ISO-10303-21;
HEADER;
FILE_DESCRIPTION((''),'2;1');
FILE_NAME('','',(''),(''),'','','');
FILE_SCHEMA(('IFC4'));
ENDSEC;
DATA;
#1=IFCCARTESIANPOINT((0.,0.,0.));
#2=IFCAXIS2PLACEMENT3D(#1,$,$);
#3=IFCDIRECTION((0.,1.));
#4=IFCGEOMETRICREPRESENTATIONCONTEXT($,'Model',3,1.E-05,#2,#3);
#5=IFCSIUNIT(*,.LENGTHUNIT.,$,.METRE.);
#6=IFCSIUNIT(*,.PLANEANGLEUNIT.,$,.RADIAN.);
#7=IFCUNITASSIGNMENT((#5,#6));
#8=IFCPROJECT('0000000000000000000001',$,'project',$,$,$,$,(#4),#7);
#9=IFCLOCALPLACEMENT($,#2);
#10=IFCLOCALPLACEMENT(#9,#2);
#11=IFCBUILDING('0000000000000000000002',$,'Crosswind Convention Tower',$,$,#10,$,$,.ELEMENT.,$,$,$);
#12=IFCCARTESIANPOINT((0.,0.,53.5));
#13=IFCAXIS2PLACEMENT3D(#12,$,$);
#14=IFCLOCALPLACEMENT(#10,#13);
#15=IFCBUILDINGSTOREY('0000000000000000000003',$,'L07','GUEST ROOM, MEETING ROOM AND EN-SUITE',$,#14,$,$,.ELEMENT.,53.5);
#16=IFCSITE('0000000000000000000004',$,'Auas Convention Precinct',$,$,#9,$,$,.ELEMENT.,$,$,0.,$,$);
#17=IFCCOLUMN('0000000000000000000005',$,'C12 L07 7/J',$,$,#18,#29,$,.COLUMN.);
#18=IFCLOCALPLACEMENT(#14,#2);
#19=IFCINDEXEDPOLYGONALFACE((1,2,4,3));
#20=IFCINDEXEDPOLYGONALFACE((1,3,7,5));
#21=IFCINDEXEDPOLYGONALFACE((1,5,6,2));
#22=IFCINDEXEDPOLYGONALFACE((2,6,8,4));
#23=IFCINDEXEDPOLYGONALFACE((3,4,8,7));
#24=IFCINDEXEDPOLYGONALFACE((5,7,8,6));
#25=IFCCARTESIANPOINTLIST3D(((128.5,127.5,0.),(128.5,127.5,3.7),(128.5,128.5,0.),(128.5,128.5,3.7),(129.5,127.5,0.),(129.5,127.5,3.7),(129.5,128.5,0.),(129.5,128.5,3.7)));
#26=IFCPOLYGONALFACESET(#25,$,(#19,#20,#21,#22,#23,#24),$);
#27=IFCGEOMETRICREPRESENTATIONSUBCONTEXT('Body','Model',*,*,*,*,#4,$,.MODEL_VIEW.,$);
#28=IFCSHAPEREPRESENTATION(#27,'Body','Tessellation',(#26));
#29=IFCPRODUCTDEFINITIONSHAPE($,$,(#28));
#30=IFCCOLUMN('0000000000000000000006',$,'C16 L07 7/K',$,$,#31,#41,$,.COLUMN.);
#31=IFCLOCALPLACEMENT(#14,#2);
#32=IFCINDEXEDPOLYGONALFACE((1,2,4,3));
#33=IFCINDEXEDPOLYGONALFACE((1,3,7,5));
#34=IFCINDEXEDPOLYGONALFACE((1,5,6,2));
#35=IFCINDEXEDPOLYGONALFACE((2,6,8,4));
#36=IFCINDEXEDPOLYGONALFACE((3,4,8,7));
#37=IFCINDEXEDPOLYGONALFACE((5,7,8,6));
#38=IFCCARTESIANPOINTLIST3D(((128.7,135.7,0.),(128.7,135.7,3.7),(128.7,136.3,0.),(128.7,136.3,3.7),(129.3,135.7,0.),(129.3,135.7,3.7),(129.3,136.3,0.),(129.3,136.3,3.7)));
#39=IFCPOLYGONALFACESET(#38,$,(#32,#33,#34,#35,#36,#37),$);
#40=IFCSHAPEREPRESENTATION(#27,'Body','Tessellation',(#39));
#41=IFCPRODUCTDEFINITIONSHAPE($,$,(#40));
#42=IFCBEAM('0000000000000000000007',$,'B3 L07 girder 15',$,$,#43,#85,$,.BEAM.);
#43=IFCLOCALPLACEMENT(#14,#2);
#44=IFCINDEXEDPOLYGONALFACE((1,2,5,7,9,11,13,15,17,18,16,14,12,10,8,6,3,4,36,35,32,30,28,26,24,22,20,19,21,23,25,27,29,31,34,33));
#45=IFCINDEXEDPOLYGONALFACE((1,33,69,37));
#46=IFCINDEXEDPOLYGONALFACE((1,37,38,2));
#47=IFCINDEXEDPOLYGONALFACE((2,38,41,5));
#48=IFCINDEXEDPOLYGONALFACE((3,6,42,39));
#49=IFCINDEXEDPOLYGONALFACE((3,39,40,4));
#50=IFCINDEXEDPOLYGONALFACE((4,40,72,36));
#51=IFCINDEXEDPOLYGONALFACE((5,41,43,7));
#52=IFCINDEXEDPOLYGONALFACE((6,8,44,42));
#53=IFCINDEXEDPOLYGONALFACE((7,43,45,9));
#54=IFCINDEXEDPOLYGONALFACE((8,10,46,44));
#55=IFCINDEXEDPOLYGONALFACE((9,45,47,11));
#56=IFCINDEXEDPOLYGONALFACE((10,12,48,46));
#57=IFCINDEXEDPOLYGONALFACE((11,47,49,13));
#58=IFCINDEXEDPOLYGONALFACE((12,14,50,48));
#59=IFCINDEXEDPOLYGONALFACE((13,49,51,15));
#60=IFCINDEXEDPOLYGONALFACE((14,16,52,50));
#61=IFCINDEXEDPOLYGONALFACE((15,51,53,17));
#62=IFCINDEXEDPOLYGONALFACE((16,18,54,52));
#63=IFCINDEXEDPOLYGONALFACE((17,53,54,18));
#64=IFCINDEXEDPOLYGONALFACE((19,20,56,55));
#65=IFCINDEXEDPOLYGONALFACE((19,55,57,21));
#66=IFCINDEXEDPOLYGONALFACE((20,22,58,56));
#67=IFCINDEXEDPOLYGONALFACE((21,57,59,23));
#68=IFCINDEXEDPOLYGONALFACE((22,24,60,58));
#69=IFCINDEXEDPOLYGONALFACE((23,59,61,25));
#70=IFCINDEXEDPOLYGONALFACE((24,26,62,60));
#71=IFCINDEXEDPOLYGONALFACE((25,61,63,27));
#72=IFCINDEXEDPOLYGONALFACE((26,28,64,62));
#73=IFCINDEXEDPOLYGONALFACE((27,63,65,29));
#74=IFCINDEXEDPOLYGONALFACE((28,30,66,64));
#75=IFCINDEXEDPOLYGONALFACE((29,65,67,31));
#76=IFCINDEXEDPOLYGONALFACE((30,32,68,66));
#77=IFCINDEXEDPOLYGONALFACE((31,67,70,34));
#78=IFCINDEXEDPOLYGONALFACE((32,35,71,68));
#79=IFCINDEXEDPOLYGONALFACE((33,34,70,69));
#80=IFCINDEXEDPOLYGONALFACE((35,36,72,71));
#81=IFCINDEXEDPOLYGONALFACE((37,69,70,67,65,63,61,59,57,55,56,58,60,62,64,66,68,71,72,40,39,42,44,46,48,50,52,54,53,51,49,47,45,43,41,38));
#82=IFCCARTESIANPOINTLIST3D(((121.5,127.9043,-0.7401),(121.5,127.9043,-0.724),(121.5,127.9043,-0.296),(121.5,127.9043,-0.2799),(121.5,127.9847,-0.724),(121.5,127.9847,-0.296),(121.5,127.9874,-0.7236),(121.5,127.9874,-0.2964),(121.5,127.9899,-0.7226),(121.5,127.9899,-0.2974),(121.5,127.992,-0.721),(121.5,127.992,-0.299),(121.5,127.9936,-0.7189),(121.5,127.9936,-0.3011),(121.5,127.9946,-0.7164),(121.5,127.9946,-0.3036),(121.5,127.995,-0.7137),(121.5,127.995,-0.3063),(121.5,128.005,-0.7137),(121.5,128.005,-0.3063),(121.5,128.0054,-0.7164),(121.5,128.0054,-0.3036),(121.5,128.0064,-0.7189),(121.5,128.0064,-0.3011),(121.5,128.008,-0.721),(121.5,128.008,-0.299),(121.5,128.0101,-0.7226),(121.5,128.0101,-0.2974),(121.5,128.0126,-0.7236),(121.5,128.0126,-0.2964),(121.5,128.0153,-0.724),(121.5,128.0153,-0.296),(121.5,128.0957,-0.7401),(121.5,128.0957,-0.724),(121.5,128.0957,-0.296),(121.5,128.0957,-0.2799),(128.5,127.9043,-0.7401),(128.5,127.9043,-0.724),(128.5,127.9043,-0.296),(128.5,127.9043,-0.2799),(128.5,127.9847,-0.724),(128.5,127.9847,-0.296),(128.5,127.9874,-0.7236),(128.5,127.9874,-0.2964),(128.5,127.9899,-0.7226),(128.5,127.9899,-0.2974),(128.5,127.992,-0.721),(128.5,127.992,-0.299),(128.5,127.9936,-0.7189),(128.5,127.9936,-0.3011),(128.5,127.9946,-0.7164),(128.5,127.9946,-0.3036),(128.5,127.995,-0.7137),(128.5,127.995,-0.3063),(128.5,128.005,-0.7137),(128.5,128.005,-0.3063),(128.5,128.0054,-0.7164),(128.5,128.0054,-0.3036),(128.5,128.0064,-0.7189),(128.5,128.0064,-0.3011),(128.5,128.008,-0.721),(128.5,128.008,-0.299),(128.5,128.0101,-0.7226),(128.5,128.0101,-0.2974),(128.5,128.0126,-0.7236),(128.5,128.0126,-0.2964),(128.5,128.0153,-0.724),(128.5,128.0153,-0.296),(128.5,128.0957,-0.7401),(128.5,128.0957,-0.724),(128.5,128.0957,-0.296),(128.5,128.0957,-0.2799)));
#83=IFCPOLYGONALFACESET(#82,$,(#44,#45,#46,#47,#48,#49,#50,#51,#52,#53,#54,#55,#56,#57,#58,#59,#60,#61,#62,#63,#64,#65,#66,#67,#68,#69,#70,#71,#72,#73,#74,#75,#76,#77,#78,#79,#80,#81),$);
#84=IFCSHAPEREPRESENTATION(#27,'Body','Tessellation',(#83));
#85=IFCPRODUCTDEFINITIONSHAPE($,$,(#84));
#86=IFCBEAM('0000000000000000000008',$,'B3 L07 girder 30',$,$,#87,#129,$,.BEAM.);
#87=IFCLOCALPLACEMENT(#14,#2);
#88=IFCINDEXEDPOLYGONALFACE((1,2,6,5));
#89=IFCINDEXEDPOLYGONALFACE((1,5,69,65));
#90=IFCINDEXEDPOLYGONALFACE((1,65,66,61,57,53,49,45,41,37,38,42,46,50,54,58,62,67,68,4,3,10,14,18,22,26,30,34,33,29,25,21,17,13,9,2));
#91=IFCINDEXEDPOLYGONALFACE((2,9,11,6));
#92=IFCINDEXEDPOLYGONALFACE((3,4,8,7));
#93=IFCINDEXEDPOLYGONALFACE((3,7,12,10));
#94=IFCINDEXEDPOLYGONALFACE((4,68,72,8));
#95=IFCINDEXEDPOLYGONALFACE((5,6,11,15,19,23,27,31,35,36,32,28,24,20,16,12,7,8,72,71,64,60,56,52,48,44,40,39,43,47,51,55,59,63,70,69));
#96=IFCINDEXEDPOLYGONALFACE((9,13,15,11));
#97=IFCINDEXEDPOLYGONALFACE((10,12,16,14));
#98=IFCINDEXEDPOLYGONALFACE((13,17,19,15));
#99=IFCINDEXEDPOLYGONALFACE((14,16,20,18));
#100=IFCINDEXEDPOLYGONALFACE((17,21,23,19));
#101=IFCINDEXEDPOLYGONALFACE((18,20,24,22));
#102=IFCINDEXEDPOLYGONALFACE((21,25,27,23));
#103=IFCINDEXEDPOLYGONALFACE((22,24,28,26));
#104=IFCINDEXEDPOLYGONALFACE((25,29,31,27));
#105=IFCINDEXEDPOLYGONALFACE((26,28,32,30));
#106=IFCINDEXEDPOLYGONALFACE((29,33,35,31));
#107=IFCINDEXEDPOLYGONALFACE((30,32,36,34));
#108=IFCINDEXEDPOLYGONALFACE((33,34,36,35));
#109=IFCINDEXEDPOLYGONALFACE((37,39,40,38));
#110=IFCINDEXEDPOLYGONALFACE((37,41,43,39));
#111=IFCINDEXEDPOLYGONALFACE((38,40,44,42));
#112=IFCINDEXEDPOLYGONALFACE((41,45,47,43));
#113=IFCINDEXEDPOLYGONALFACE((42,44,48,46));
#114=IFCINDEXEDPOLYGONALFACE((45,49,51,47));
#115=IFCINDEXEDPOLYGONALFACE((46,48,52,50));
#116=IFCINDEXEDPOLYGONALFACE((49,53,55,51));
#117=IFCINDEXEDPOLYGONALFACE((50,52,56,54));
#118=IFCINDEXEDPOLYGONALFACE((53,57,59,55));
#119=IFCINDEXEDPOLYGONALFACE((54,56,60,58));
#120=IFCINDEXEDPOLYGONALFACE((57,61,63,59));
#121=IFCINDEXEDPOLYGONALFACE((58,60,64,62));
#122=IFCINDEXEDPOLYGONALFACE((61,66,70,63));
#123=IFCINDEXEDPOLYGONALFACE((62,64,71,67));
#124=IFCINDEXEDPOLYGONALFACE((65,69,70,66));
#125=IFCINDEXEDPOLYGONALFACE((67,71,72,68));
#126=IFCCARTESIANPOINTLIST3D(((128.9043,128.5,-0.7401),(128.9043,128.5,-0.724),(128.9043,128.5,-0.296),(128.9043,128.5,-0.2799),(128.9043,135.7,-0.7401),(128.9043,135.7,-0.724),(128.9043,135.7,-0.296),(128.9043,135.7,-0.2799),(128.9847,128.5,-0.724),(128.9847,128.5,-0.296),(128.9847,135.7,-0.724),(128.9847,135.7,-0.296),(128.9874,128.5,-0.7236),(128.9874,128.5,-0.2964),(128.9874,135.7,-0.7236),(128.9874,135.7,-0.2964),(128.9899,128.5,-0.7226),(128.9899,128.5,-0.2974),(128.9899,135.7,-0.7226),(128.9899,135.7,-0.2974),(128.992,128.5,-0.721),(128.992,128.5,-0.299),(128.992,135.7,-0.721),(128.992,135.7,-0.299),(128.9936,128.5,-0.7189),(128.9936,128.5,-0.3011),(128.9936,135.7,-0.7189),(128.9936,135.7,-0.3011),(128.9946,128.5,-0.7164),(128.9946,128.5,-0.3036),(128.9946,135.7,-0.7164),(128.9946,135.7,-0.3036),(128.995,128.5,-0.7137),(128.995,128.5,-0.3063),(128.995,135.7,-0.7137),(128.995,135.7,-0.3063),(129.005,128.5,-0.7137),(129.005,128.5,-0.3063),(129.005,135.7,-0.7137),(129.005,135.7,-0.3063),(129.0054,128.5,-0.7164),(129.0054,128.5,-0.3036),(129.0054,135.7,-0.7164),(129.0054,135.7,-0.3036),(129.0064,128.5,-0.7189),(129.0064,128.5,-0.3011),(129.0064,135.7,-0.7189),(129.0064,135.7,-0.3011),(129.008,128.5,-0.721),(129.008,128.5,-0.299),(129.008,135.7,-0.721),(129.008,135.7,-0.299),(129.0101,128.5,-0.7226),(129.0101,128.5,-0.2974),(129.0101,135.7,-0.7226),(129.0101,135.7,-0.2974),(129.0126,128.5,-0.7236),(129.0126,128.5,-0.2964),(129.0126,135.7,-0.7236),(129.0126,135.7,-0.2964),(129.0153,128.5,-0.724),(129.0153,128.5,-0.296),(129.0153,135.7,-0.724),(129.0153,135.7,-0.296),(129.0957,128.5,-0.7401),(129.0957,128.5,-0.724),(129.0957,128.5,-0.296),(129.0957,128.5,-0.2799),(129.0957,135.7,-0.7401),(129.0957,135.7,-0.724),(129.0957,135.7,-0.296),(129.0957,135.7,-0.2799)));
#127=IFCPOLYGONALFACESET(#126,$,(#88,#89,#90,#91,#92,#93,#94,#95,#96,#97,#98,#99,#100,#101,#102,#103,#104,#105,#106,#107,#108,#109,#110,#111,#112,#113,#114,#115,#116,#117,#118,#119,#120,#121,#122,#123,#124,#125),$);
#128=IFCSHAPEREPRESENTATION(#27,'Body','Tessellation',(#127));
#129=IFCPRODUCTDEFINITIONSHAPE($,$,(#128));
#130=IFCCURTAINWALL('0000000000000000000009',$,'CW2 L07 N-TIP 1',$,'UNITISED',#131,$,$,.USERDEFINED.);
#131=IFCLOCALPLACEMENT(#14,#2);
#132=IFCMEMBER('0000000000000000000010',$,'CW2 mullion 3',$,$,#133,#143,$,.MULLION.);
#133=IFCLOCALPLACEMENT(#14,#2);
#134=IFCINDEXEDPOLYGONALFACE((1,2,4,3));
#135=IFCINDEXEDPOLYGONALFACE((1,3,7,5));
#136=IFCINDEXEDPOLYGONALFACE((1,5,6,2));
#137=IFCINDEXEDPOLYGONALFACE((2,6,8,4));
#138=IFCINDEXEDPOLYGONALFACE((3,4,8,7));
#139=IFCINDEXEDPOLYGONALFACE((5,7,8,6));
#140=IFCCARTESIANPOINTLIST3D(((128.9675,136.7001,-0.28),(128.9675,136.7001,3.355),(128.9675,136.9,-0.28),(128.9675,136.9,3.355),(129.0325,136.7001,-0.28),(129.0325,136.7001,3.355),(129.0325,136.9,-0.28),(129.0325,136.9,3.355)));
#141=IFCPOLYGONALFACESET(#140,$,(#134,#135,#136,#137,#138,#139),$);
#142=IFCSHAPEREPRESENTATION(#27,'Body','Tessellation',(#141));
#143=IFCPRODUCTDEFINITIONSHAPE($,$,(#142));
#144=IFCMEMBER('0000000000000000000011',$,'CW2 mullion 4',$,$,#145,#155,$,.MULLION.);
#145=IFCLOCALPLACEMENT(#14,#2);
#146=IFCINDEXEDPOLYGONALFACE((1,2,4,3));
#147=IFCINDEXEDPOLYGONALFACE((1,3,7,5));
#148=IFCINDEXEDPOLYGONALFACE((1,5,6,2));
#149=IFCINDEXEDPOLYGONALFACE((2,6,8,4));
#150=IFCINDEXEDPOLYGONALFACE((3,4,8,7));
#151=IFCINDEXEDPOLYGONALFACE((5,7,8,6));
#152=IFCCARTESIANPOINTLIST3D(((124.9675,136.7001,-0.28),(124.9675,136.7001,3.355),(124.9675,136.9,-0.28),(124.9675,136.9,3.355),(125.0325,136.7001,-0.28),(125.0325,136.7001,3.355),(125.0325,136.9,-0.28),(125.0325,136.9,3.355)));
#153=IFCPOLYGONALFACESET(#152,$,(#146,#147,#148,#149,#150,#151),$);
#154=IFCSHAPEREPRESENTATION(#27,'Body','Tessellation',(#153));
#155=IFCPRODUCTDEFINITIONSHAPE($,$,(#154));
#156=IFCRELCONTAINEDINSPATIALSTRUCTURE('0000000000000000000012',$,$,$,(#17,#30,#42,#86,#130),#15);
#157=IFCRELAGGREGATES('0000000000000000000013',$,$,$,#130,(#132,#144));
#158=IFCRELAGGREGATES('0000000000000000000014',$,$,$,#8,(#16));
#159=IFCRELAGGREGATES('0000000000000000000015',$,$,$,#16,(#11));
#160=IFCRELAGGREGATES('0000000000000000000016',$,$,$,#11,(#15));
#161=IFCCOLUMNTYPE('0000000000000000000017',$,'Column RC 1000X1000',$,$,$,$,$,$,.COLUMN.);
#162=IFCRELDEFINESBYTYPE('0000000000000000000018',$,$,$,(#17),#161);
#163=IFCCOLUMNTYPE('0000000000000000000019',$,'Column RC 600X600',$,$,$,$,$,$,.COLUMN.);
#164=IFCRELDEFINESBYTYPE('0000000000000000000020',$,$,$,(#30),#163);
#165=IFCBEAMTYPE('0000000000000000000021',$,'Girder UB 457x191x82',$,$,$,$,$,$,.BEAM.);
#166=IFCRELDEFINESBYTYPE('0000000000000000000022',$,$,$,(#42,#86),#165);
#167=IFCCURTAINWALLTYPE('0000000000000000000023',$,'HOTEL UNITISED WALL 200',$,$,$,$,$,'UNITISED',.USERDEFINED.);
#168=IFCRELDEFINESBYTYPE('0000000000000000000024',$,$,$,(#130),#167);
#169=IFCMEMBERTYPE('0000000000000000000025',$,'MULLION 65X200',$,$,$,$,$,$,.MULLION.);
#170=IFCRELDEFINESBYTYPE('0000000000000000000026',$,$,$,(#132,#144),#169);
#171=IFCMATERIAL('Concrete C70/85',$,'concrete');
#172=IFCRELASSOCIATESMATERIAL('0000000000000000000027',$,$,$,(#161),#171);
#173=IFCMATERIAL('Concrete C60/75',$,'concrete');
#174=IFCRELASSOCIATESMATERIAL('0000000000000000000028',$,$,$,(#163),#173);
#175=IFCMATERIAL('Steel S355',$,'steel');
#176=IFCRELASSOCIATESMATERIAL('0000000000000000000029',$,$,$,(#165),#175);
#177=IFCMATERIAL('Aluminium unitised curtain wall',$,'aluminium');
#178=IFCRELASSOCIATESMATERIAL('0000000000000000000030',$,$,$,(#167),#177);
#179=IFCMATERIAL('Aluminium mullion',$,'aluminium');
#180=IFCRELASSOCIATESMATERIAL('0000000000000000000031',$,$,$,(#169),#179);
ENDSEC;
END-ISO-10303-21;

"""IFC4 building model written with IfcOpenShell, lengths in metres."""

from ifc_helpers import new_model, si_unit, direction, frame, origin, origin_2d, place, context, subcontext, project, spatial, rectangle, i_section, extrude, material, material_profile, profile_set, type_object, element, aggregate, save


model = new_model("IFC4")

# Units and contexts
model_context = context("Model", 3, precision=1e-05, world=origin(), true_north=direction((0.0, 1.0)))
body_context = subcontext(model_context, "Body", "Model", "MODEL_VIEW")
ifc_project = project(units=[si_unit("LENGTHUNIT", "METRE"), si_unit("PLANEANGLEUNIT", "RADIAN")], contexts=[model_context])

# Site, building, storey
site_placement = place(None, origin())
site = spatial("IfcSite", under=ifc_project, at=site_placement, Name="Auas Convention Precinct", CompositionType="ELEMENT", RefElevation=0.0)
building_placement = place(site_placement, origin())
building = spatial("IfcBuilding", under=site, at=building_placement, Name="Crosswind Convention Tower", CompositionType="ELEMENT")
storey_placement = place(building_placement, frame((0.0, 0.0, 53.5)))
storey = spatial("IfcBuildingStorey", under=building, at=storey_placement, Name="L07", Description="GUEST ROOM, MEETING ROOM AND EN-SUITE", CompositionType="ELEMENT", Elevation=53.5)

# Columns
ifc_material_1 = material(Name="Concrete C70/85", Category="concrete")
ifc_material_profile_1 = material_profile(ifc_material_1, rectangle(XDim=1.0, YDim=1.0, at=origin_2d()), Name="RC 1000X1000")
ifc_profile_set_1 = profile_set([ifc_material_profile_1], Name="Concrete C70/85")
column_type_1 = type_object("IfcColumnType", Name="Column RC 1000X1000", PredefinedType="COLUMN", material=ifc_profile_set_1)
column_1_placement = place(storey_placement, frame((129.0, 128.0, 0.0), z_axis=(0.0, 0.0, 1.0), x_axis=(1.0, 0.0, 0.0)))
element("IfcColumn", 1, at=column_1_placement, inside=storey, type_object=column_type_1, Name="C12 L07 7/J", PredefinedType="COLUMN", context=body_context, shape_type="SweptSolid", body=[
    extrude(rectangle(XDim=1.0, YDim=1.0, at=origin_2d()), origin(), (0.0, 0.0, 1.0), 3.7),
])
ifc_material_2 = material(Name="Concrete C60/75", Category="concrete")
ifc_material_profile_2 = material_profile(ifc_material_2, rectangle(XDim=0.6001, YDim=0.6001, at=origin_2d()), Name="RC 600X600")
ifc_profile_set_2 = profile_set([ifc_material_profile_2], Name="Concrete C60/75")
column_type_2 = type_object("IfcColumnType", Name="Column RC 600X600", PredefinedType="COLUMN", material=ifc_profile_set_2)
column_2_placement = place(storey_placement, frame((129.0, 136.0, 0.0), z_axis=(0.0, 0.0, 1.0), x_axis=(1.0, 0.0, 0.0)))
element("IfcColumn", 2, at=column_2_placement, inside=storey, type_object=column_type_2, Name="C16 L07 7/K", PredefinedType="COLUMN", context=body_context, shape_type="SweptSolid", body=[
    extrude(rectangle(XDim=0.6001, YDim=0.6001, at=origin_2d()), origin(), (0.0, 0.0, 1.0), 3.7),
])

# Beams
ifc_material_3 = material(Name="Steel S355", Category="steel")
ifc_material_profile_3 = material_profile(ifc_material_3, i_section(OverallWidth=0.1914, OverallDepth=0.4602, WebThickness=0.01, FlangeThickness=0.0161, FilletRadius=0.0103, at=origin_2d()), Name="UB 457x191x82")
ifc_profile_set_3 = profile_set([ifc_material_profile_3], Name="Steel S355")
beam_type_1 = type_object("IfcBeamType", Name="Girder UB 457x191x82", PredefinedType="BEAM", material=ifc_profile_set_3)
beam_1_placement = place(storey_placement, frame((121.5, 128.0, -0.51), z_axis=(1.0, 0.0, 0.0), x_axis=(0.0, 1.0, 0.0)))
element("IfcBeam", 3, at=beam_1_placement, inside=storey, type_object=beam_type_1, Name="B3 L07 girder 15", PredefinedType="BEAM", context=body_context, shape_type="SweptSolid", body=[
    extrude(i_section(OverallWidth=0.1914, OverallDepth=0.4602, WebThickness=0.01, FlangeThickness=0.0161, FilletRadius=0.0103, at=origin_2d()), origin(), (0.0, 0.0, 1.0), 7.0),
])
beam_2_placement = place(storey_placement, frame((129.0, 128.5, -0.51), z_axis=(0.0, 1.0, 0.0), x_axis=(-1.0, 0.0, 0.0)))
element("IfcBeam", 4, at=beam_2_placement, inside=storey, type_object=beam_type_1, Name="B3 L07 girder 30", PredefinedType="BEAM", context=body_context, shape_type="SweptSolid", body=[
    extrude(i_section(OverallWidth=0.1914, OverallDepth=0.4602, WebThickness=0.01, FlangeThickness=0.0161, FilletRadius=0.0103, at=origin_2d()), origin(), (0.0, 0.0, 1.0), 7.2),
])

# Curtain wall, members
ifc_material_4 = material(Name="Aluminium unitised curtain wall", Category="aluminium")
curtain_wall_type = type_object("IfcCurtainWallType", Name="HOTEL UNITISED WALL 200", ElementType="UNITISED", PredefinedType="USERDEFINED", material=ifc_material_4)
curtain_wall_placement = place(storey_placement, origin())
curtain_wall = element("IfcCurtainWall", 5, at=curtain_wall_placement, inside=storey, type_object=curtain_wall_type, Name="CW2 L07 N-TIP 1", ObjectType="UNITISED", PredefinedType="USERDEFINED")
ifc_material_5 = material(Name="Aluminium mullion", Category="aluminium")
ifc_material_profile_4 = material_profile(ifc_material_5, rectangle(XDim=0.2, YDim=0.0649, at=origin_2d()), Name="AL 200X65")
ifc_profile_set_4 = profile_set([ifc_material_profile_4], Name="Aluminium mullion")
member_type = type_object("IfcMemberType", Name="MULLION 65X200", PredefinedType="MULLION", material=ifc_profile_set_4)
member_1_placement = place(storey_placement, frame((129.0, 136.8, -0.28), z_axis=(0.0, 0.0, 1.0), x_axis=(0.0, 1.0, 0.0)))
member_1 = element("IfcMember", 6, at=member_1_placement, type_object=member_type, Name="CW2 mullion 3", PredefinedType="MULLION", context=body_context, shape_type="SweptSolid", body=[
    extrude(rectangle(XDim=0.2, YDim=0.0649, at=origin_2d()), origin(), (0.0, 0.0, 1.0), 3.635),
])
member_2_placement = place(storey_placement, frame((125.0, 136.8, -0.28), z_axis=(0.0, 0.0, 1.0), x_axis=(0.0, 1.0, 0.0)))
member_2 = element("IfcMember", 7, at=member_2_placement, type_object=member_type, Name="CW2 mullion 4", PredefinedType="MULLION", context=body_context, shape_type="SweptSolid", body=[
    extrude(rectangle(XDim=0.2, YDim=0.0649, at=origin_2d()), origin(), (0.0, 0.0, 1.0), 3.635),
])

aggregate(curtain_wall, [member_1, member_2])

save(model, "model.ifc")
